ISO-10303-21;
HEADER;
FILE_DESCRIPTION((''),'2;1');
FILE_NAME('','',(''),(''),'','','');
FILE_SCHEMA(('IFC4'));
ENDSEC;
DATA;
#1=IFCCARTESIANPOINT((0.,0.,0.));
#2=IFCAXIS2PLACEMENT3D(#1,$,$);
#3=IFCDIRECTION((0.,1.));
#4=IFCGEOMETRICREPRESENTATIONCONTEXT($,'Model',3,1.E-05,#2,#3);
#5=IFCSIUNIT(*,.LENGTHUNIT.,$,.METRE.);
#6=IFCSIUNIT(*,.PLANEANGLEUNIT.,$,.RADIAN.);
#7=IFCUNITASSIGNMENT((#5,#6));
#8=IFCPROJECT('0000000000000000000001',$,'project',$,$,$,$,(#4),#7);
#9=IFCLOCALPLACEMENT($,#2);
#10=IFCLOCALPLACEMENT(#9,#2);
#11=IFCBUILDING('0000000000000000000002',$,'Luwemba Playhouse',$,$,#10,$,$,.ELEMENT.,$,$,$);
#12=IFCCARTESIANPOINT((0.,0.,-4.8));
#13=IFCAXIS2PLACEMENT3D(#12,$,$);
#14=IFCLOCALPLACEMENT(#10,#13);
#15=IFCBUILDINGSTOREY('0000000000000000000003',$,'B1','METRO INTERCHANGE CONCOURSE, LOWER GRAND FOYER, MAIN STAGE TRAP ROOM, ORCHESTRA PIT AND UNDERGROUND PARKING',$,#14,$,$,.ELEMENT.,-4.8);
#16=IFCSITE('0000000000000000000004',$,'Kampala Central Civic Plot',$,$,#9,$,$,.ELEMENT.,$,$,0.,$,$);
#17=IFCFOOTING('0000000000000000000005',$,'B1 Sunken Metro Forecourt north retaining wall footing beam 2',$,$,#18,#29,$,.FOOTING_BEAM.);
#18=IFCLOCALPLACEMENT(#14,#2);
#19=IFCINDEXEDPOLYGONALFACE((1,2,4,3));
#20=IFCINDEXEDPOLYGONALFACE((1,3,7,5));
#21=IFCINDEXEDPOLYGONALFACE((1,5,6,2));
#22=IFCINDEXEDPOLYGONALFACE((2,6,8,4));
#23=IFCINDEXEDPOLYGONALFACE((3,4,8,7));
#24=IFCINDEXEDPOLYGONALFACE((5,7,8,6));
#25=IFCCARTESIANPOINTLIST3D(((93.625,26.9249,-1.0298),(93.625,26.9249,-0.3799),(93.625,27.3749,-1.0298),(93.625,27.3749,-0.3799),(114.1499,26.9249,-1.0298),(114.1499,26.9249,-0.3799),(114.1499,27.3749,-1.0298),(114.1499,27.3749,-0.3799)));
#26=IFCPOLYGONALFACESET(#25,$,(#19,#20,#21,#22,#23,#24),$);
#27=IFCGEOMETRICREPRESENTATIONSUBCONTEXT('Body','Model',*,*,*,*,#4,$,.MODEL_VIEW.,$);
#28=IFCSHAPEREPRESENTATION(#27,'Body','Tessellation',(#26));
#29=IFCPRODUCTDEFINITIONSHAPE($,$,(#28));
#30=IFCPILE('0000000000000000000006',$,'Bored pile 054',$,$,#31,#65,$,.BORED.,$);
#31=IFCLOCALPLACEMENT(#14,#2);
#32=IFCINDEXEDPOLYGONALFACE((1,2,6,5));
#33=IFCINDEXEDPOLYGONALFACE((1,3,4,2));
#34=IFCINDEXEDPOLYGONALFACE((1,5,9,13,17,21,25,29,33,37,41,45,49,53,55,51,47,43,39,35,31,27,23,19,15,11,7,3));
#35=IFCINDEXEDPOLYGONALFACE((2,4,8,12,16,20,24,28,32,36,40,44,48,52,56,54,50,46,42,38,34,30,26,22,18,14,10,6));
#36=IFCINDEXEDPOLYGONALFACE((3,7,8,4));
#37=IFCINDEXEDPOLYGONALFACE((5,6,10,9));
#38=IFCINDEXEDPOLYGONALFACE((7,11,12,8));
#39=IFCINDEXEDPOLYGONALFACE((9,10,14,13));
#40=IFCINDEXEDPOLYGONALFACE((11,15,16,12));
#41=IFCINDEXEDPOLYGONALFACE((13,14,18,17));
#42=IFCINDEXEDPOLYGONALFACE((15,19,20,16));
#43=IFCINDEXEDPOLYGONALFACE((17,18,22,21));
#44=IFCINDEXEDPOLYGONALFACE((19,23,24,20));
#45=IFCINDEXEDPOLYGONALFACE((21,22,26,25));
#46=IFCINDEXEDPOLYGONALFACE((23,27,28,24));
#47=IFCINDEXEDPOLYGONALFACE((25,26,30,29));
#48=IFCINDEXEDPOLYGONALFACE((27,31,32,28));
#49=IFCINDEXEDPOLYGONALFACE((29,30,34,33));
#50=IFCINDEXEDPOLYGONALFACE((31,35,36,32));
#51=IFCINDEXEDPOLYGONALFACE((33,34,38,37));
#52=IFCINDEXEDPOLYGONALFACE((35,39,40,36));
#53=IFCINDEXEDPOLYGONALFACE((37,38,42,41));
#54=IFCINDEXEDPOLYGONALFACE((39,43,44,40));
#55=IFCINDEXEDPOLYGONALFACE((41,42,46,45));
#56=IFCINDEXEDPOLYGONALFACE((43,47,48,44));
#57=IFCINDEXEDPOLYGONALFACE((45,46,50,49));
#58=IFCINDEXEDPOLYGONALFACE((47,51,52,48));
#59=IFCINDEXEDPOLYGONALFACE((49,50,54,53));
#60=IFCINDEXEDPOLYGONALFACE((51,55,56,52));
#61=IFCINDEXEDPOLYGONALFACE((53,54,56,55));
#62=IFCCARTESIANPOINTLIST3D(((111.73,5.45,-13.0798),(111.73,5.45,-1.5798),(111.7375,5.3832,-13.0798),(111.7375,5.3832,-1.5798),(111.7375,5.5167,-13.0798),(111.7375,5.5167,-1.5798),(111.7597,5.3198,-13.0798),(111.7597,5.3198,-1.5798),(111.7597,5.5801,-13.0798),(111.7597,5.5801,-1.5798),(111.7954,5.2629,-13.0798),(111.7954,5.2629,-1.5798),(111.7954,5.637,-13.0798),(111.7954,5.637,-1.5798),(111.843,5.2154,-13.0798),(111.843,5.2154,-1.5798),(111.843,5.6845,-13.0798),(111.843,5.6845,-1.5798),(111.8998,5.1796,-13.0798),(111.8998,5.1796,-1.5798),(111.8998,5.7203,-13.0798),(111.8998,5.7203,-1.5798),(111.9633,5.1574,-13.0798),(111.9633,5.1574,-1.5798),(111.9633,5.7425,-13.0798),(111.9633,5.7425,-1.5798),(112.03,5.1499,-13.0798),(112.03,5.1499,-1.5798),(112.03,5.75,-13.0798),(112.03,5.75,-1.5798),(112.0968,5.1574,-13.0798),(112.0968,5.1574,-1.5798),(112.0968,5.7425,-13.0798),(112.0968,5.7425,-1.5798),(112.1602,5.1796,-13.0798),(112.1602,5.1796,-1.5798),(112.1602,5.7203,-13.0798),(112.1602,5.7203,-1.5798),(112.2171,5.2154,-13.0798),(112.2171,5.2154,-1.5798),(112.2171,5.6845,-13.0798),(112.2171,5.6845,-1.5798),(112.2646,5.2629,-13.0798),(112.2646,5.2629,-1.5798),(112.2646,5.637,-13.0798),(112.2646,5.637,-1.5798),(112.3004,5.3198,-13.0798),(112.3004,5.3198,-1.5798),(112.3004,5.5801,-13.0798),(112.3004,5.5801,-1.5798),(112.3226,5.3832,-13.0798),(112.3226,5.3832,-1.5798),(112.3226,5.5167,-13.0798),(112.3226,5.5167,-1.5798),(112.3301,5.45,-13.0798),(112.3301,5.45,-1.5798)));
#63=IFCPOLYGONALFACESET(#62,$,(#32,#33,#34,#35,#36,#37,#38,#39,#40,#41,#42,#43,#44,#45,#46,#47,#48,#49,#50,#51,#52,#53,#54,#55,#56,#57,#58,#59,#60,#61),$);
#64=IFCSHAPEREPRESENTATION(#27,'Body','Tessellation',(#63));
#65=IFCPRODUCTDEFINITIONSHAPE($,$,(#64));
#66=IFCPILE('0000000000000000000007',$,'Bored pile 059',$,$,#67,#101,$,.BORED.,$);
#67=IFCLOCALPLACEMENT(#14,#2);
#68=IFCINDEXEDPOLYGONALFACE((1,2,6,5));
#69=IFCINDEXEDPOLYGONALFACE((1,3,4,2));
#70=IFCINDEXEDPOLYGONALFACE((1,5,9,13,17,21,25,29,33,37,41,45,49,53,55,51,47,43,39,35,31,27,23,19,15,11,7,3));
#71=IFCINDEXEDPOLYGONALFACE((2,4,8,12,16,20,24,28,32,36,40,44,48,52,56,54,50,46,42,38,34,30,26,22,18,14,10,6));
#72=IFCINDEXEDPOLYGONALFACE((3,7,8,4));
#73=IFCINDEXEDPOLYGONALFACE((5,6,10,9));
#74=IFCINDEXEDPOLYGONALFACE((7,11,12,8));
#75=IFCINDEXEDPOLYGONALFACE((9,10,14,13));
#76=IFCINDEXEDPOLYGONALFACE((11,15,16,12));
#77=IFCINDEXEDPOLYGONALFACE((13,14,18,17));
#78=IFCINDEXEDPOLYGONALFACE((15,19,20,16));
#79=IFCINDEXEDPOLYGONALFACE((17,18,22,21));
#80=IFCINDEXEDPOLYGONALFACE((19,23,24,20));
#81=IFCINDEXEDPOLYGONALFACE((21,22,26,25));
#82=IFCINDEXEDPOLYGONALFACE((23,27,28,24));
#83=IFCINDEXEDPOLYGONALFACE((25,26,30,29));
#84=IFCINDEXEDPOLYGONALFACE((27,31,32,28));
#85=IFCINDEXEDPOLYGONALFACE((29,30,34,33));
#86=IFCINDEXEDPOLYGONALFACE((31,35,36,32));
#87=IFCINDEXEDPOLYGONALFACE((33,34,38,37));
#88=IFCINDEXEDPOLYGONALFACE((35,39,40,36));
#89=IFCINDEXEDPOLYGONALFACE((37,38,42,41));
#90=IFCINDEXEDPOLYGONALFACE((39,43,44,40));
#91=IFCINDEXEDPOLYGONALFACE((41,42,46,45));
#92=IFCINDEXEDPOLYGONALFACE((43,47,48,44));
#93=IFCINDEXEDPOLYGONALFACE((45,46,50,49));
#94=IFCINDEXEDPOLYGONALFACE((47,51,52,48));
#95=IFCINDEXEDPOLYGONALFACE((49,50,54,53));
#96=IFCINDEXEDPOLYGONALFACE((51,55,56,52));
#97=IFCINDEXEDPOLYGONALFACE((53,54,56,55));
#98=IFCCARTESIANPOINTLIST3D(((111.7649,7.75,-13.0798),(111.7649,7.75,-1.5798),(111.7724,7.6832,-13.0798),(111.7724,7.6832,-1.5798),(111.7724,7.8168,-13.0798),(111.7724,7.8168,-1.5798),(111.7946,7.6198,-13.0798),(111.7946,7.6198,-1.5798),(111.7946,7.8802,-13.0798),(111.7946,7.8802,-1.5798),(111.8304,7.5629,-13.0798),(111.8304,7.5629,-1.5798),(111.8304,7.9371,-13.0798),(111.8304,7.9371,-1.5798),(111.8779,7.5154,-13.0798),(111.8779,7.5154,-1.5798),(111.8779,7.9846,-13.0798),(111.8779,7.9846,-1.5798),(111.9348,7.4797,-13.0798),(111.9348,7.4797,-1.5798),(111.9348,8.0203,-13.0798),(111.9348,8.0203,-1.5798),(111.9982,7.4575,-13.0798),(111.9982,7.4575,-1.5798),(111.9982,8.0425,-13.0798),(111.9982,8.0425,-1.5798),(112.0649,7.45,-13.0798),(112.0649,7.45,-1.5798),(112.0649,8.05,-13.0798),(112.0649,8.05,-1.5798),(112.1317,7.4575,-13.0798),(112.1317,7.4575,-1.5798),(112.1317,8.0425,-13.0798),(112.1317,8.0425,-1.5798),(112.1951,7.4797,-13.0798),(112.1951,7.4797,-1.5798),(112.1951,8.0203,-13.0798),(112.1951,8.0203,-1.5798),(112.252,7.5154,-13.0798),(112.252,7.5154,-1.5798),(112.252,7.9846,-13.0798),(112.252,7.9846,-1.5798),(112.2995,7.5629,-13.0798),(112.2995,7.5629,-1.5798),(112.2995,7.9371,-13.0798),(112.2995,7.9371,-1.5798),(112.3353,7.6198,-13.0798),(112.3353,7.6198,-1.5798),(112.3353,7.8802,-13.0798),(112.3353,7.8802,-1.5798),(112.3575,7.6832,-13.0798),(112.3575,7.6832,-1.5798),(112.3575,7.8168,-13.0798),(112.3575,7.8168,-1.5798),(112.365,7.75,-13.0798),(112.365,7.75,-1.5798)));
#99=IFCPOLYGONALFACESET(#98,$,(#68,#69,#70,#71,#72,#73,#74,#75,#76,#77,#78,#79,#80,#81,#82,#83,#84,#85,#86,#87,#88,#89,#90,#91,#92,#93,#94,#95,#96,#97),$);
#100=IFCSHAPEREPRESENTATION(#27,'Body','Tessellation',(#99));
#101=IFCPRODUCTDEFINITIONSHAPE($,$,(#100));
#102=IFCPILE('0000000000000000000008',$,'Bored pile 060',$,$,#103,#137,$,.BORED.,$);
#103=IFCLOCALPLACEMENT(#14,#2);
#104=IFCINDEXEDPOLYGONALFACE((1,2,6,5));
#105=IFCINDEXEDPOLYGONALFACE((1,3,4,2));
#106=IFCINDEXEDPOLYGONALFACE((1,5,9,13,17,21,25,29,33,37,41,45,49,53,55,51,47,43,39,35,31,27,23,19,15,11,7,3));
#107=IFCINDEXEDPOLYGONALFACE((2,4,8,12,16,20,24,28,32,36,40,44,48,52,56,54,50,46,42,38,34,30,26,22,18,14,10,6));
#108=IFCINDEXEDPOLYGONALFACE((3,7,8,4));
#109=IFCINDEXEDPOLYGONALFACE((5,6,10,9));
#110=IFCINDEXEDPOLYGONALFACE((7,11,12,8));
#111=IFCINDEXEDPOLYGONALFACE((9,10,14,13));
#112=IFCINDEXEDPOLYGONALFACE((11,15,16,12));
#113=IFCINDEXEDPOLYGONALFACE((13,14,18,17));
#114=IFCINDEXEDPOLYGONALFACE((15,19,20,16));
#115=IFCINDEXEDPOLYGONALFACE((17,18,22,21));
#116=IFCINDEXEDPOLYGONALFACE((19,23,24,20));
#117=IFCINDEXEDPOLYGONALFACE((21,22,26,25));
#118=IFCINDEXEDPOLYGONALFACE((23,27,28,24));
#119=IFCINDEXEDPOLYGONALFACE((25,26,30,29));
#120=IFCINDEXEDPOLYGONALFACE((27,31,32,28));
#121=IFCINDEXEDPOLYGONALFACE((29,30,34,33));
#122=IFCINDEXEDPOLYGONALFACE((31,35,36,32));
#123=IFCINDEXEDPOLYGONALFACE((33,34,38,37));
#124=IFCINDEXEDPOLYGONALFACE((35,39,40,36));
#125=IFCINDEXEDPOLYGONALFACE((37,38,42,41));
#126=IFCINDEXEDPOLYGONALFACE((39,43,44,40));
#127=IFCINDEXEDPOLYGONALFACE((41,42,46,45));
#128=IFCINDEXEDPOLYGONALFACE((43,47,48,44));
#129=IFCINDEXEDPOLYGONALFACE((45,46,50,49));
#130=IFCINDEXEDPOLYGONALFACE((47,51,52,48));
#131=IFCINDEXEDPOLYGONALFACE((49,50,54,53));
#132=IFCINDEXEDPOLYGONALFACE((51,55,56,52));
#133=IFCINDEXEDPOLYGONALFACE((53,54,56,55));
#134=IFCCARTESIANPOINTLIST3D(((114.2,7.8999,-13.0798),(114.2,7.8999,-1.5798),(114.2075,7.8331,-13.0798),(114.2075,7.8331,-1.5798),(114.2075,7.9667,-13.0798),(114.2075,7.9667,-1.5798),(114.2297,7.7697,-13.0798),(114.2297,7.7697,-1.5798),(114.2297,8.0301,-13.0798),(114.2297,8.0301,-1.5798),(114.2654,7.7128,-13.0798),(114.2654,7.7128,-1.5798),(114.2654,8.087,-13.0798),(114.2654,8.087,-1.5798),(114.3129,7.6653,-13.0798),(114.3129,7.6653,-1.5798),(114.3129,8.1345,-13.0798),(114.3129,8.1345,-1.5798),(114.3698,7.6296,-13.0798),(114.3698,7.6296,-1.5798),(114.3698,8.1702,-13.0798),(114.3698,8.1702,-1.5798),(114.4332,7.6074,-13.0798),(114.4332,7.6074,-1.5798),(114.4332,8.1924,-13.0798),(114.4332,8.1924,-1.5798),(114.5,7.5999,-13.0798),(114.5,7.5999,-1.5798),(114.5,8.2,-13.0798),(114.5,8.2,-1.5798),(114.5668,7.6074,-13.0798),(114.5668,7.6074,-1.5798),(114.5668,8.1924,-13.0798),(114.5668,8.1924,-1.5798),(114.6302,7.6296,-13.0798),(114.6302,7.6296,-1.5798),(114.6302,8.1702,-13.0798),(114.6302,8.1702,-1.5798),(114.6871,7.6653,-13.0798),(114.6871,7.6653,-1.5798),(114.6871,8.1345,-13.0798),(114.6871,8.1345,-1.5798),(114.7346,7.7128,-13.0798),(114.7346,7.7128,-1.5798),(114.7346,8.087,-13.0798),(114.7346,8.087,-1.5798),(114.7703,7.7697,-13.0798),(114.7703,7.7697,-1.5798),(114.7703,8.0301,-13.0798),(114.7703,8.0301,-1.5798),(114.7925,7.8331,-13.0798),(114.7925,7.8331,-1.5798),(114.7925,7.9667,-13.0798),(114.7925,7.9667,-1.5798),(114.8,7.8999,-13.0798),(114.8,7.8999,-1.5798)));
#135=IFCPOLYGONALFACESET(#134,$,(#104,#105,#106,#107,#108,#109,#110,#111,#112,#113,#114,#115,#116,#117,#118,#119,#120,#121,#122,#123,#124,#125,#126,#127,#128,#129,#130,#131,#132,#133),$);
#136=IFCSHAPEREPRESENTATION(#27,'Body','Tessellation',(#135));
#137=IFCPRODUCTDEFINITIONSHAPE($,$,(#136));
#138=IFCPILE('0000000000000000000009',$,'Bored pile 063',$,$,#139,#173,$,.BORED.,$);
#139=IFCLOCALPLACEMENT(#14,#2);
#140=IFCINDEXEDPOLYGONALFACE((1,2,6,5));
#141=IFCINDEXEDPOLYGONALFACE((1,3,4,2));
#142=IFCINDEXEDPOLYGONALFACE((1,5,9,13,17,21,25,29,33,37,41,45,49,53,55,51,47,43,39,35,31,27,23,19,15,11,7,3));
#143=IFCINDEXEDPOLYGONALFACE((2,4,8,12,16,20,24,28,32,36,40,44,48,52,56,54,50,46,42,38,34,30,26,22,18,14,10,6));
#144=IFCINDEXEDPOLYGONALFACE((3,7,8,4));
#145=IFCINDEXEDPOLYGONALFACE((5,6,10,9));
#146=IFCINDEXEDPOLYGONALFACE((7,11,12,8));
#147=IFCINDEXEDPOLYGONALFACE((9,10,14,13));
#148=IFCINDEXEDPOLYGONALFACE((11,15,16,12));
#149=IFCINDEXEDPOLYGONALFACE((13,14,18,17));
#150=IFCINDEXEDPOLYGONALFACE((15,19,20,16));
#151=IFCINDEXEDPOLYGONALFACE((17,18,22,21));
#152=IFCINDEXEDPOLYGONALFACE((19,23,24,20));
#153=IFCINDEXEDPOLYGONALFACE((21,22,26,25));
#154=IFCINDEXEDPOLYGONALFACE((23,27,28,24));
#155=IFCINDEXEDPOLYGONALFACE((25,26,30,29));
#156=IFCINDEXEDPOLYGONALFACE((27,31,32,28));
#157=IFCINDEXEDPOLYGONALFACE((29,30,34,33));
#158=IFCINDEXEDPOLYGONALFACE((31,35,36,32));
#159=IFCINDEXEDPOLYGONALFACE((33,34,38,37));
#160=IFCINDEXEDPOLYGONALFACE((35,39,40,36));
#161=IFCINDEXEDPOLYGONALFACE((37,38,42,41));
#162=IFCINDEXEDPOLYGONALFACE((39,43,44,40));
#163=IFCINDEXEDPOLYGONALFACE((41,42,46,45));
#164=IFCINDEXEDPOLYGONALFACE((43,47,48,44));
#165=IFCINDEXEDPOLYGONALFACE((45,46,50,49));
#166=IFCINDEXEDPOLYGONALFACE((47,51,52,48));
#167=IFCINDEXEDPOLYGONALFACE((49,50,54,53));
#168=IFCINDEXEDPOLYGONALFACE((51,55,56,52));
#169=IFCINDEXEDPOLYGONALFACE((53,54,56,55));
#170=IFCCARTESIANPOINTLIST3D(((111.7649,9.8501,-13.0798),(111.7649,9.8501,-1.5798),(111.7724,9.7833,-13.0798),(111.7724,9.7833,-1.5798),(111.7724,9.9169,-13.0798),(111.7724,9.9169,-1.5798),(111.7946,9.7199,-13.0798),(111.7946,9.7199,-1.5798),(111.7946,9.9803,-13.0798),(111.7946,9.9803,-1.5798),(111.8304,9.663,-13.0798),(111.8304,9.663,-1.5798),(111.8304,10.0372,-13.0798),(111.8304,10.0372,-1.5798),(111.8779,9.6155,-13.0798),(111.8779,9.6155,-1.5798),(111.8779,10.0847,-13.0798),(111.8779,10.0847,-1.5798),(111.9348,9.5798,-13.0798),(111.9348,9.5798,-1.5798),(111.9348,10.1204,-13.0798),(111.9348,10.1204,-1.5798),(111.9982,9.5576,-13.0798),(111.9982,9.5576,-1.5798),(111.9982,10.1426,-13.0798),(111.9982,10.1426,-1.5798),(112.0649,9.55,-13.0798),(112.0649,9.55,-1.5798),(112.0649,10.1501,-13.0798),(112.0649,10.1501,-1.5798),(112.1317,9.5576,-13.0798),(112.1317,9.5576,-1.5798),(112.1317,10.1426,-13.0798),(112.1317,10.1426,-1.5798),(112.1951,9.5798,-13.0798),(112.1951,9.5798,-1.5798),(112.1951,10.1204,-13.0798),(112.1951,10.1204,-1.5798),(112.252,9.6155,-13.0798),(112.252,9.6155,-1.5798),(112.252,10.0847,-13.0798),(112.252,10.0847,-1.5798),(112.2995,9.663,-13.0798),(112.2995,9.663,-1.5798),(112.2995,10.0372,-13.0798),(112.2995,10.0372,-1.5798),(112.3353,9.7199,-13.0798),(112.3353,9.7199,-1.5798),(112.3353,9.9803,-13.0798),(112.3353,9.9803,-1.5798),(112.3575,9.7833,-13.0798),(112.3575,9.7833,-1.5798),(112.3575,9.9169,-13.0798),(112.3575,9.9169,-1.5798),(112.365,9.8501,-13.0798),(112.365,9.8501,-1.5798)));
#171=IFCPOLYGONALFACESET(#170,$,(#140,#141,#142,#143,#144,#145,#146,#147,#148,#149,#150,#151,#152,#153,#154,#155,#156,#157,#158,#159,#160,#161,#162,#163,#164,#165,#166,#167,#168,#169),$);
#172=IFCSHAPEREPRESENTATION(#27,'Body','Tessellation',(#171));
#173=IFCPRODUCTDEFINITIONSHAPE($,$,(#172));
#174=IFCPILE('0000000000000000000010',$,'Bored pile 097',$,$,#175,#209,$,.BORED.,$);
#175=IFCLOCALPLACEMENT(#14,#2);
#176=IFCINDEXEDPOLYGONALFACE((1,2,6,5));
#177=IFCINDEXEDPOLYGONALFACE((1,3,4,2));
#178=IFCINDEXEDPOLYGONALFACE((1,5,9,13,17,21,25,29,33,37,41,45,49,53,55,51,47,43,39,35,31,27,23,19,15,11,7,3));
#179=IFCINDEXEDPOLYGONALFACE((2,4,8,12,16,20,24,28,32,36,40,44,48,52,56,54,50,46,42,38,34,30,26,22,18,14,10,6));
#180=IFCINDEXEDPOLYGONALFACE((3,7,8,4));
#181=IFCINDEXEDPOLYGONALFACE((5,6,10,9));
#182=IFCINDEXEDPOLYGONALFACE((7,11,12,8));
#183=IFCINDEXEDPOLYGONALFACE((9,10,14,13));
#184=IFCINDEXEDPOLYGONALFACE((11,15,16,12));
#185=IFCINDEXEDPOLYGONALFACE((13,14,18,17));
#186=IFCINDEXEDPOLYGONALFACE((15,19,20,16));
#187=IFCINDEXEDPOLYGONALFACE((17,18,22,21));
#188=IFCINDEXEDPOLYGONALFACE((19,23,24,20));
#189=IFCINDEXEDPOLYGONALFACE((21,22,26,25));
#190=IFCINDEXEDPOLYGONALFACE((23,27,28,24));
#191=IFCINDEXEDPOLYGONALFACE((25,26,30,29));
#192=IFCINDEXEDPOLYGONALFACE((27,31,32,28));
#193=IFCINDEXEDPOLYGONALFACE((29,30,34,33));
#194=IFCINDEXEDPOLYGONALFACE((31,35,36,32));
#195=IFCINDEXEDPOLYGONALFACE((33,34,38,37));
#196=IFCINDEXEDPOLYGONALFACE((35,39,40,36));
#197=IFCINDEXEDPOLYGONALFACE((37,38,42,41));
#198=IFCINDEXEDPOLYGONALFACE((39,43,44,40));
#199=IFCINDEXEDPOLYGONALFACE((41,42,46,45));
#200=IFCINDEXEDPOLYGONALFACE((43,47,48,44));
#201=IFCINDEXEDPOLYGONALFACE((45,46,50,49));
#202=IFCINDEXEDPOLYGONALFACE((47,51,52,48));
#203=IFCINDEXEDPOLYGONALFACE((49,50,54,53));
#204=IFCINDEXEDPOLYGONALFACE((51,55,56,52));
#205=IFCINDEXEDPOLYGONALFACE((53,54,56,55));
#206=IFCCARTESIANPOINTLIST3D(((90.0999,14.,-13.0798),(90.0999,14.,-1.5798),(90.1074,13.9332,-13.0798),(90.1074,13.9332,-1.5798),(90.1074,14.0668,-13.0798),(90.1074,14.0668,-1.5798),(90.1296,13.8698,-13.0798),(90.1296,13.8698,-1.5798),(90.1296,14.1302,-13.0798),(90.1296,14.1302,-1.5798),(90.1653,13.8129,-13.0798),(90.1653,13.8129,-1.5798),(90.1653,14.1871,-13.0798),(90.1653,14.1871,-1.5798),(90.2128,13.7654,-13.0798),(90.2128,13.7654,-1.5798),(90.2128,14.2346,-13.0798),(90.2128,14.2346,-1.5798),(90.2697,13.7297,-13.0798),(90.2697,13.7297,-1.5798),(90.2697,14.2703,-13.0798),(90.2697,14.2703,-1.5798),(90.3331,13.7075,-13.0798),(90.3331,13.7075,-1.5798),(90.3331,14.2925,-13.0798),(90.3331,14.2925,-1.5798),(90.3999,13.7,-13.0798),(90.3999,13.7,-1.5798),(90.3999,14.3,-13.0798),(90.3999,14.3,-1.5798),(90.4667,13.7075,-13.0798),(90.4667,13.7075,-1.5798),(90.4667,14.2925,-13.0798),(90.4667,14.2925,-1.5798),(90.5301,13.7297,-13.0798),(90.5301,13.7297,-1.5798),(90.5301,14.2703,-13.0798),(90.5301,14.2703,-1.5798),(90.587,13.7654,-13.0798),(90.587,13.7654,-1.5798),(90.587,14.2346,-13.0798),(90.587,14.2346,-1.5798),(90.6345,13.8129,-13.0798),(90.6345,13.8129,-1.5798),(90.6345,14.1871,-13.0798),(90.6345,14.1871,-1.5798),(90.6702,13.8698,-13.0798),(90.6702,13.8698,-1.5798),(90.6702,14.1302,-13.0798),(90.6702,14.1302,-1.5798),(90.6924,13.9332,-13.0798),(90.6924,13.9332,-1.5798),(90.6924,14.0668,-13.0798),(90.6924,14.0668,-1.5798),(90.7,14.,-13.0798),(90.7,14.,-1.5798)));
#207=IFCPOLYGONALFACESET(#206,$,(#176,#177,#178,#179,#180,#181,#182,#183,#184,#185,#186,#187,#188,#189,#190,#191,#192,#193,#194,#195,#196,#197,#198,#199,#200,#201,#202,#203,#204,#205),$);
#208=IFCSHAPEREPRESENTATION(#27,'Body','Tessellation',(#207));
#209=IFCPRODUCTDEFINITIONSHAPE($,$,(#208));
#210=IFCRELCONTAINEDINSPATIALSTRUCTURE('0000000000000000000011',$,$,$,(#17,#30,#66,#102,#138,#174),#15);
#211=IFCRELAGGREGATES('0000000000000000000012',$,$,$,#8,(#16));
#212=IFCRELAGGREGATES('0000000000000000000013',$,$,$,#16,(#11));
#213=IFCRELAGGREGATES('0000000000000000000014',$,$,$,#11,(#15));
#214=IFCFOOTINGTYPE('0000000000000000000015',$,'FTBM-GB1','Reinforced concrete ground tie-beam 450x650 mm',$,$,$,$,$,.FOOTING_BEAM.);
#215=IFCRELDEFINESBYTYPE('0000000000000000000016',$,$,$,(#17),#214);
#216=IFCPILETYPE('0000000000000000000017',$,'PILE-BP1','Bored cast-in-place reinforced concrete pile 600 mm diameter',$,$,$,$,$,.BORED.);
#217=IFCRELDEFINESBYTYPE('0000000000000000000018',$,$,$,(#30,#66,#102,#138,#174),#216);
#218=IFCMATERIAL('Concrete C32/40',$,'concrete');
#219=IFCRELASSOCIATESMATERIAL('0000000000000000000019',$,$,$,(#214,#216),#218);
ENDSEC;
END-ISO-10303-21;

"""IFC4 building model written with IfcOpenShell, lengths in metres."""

from ifc_helpers import new_model, si_unit, direction, frame, origin, origin_2d, place, context, subcontext, project, spatial, rectangle, circle, extrude, material, material_profile, profile_set, type_object, element, save


model = new_model("IFC4")

# Units and contexts
model_context = context("Model", 3, precision=1e-05, world=origin(), true_north=direction((0.0, 1.0)))
body_context = subcontext(model_context, "Body", "Model", "MODEL_VIEW")
ifc_project = project(units=[si_unit("LENGTHUNIT", "METRE"), si_unit("PLANEANGLEUNIT", "RADIAN")], contexts=[model_context])

# Site, building, storey
site_placement = place(None, origin())
site = spatial("IfcSite", under=ifc_project, at=site_placement, Name="Kampala Central Civic Plot", CompositionType="ELEMENT", RefElevation=0.0)
building_placement = place(site_placement, origin())
building = spatial("IfcBuilding", under=site, at=building_placement, Name="Luwemba Playhouse", CompositionType="ELEMENT")
storey_placement = place(building_placement, frame((0.0, 0.0, -4.8)))
storey = spatial("IfcBuildingStorey", under=building, at=storey_placement, Name="B1", Description="METRO INTERCHANGE CONCOURSE, LOWER GRAND FOYER, MAIN STAGE TRAP ROOM, ORCHESTRA PIT AND UNDERGROUND PARKING", CompositionType="ELEMENT", Elevation=-4.8)

# Footing
ifc_material_1 = material(Name="Concrete C32/40", Category="concrete")
ifc_material_profile_1 = material_profile(ifc_material_1, rectangle(XDim=0.45, YDim=0.6499, at=origin_2d()))
ifc_profile_set_1 = profile_set([ifc_material_profile_1], Name="Concrete C32/40")
footing_type = type_object("IfcFootingType", Name="FTBM-GB1", Description="Reinforced concrete ground tie-beam 450x650 mm", PredefinedType="FOOTING_BEAM", material=ifc_profile_set_1)
footing_placement = place(storey_placement, frame((93.625, 27.1499, -0.7048), z_axis=(1.0, 0.0, 0.0), x_axis=(0.0, 1.0, 0.0)))
element("IfcFooting", 1, at=footing_placement, inside=storey, type_object=footing_type, Name="B1 Sunken Metro Forecourt north retaining wall footing beam 2", PredefinedType="FOOTING_BEAM", context=body_context, shape_type="SweptSolid", body=[
    extrude(rectangle(XDim=0.45, YDim=0.6499, at=origin_2d()), origin(), (0.0, 0.0, 1.0), 20.5249),
])

# Piles
ifc_material_profile_2 = material_profile(ifc_material_1, circle(Radius=0.3, at=origin_2d()))
ifc_profile_set_2 = profile_set([ifc_material_profile_2], Name="Concrete C32/40")
pile_type = type_object("IfcPileType", Name="PILE-BP1", Description="Bored cast-in-place reinforced concrete pile 600 mm diameter", PredefinedType="BORED", material=ifc_profile_set_2)
for number, where, z_axis, x_axis, name in (
    (2, (112.03, 5.45, -1.5798), (0.0, 0.0, -1.0), (1.0, 0.0, 0.0), "Bored pile 054"),
    (3, (112.0649, 7.75, -1.5798), (0.0, 0.0, -1.0), (1.0, 0.0, 0.0), "Bored pile 059"),
    (4, (114.5, 7.8999, -1.5798), (0.0, 0.0, -1.0), (1.0, 0.0, 0.0), "Bored pile 060"),
    (5, (112.0649, 9.8501, -1.5798), (0.0, 0.0, -1.0), (1.0, 0.0, 0.0), "Bored pile 063"),
    (6, (90.3999, 14.0, -1.5798), (0.0, 0.0, -1.0), (1.0, 0.0, 0.0), "Bored pile 097"),
):
    element("IfcPile", number, at=place(storey_placement, frame(where, z_axis=z_axis, x_axis=x_axis)), inside=storey, type_object=pile_type, Name=name, PredefinedType="BORED", context=body_context, shape_type="SweptSolid", body=[
        extrude(circle(Radius=0.3, at=origin_2d()), origin(), (0.0, 0.0, 1.0), 11.5),
    ])

save(model, "model.ifc")
